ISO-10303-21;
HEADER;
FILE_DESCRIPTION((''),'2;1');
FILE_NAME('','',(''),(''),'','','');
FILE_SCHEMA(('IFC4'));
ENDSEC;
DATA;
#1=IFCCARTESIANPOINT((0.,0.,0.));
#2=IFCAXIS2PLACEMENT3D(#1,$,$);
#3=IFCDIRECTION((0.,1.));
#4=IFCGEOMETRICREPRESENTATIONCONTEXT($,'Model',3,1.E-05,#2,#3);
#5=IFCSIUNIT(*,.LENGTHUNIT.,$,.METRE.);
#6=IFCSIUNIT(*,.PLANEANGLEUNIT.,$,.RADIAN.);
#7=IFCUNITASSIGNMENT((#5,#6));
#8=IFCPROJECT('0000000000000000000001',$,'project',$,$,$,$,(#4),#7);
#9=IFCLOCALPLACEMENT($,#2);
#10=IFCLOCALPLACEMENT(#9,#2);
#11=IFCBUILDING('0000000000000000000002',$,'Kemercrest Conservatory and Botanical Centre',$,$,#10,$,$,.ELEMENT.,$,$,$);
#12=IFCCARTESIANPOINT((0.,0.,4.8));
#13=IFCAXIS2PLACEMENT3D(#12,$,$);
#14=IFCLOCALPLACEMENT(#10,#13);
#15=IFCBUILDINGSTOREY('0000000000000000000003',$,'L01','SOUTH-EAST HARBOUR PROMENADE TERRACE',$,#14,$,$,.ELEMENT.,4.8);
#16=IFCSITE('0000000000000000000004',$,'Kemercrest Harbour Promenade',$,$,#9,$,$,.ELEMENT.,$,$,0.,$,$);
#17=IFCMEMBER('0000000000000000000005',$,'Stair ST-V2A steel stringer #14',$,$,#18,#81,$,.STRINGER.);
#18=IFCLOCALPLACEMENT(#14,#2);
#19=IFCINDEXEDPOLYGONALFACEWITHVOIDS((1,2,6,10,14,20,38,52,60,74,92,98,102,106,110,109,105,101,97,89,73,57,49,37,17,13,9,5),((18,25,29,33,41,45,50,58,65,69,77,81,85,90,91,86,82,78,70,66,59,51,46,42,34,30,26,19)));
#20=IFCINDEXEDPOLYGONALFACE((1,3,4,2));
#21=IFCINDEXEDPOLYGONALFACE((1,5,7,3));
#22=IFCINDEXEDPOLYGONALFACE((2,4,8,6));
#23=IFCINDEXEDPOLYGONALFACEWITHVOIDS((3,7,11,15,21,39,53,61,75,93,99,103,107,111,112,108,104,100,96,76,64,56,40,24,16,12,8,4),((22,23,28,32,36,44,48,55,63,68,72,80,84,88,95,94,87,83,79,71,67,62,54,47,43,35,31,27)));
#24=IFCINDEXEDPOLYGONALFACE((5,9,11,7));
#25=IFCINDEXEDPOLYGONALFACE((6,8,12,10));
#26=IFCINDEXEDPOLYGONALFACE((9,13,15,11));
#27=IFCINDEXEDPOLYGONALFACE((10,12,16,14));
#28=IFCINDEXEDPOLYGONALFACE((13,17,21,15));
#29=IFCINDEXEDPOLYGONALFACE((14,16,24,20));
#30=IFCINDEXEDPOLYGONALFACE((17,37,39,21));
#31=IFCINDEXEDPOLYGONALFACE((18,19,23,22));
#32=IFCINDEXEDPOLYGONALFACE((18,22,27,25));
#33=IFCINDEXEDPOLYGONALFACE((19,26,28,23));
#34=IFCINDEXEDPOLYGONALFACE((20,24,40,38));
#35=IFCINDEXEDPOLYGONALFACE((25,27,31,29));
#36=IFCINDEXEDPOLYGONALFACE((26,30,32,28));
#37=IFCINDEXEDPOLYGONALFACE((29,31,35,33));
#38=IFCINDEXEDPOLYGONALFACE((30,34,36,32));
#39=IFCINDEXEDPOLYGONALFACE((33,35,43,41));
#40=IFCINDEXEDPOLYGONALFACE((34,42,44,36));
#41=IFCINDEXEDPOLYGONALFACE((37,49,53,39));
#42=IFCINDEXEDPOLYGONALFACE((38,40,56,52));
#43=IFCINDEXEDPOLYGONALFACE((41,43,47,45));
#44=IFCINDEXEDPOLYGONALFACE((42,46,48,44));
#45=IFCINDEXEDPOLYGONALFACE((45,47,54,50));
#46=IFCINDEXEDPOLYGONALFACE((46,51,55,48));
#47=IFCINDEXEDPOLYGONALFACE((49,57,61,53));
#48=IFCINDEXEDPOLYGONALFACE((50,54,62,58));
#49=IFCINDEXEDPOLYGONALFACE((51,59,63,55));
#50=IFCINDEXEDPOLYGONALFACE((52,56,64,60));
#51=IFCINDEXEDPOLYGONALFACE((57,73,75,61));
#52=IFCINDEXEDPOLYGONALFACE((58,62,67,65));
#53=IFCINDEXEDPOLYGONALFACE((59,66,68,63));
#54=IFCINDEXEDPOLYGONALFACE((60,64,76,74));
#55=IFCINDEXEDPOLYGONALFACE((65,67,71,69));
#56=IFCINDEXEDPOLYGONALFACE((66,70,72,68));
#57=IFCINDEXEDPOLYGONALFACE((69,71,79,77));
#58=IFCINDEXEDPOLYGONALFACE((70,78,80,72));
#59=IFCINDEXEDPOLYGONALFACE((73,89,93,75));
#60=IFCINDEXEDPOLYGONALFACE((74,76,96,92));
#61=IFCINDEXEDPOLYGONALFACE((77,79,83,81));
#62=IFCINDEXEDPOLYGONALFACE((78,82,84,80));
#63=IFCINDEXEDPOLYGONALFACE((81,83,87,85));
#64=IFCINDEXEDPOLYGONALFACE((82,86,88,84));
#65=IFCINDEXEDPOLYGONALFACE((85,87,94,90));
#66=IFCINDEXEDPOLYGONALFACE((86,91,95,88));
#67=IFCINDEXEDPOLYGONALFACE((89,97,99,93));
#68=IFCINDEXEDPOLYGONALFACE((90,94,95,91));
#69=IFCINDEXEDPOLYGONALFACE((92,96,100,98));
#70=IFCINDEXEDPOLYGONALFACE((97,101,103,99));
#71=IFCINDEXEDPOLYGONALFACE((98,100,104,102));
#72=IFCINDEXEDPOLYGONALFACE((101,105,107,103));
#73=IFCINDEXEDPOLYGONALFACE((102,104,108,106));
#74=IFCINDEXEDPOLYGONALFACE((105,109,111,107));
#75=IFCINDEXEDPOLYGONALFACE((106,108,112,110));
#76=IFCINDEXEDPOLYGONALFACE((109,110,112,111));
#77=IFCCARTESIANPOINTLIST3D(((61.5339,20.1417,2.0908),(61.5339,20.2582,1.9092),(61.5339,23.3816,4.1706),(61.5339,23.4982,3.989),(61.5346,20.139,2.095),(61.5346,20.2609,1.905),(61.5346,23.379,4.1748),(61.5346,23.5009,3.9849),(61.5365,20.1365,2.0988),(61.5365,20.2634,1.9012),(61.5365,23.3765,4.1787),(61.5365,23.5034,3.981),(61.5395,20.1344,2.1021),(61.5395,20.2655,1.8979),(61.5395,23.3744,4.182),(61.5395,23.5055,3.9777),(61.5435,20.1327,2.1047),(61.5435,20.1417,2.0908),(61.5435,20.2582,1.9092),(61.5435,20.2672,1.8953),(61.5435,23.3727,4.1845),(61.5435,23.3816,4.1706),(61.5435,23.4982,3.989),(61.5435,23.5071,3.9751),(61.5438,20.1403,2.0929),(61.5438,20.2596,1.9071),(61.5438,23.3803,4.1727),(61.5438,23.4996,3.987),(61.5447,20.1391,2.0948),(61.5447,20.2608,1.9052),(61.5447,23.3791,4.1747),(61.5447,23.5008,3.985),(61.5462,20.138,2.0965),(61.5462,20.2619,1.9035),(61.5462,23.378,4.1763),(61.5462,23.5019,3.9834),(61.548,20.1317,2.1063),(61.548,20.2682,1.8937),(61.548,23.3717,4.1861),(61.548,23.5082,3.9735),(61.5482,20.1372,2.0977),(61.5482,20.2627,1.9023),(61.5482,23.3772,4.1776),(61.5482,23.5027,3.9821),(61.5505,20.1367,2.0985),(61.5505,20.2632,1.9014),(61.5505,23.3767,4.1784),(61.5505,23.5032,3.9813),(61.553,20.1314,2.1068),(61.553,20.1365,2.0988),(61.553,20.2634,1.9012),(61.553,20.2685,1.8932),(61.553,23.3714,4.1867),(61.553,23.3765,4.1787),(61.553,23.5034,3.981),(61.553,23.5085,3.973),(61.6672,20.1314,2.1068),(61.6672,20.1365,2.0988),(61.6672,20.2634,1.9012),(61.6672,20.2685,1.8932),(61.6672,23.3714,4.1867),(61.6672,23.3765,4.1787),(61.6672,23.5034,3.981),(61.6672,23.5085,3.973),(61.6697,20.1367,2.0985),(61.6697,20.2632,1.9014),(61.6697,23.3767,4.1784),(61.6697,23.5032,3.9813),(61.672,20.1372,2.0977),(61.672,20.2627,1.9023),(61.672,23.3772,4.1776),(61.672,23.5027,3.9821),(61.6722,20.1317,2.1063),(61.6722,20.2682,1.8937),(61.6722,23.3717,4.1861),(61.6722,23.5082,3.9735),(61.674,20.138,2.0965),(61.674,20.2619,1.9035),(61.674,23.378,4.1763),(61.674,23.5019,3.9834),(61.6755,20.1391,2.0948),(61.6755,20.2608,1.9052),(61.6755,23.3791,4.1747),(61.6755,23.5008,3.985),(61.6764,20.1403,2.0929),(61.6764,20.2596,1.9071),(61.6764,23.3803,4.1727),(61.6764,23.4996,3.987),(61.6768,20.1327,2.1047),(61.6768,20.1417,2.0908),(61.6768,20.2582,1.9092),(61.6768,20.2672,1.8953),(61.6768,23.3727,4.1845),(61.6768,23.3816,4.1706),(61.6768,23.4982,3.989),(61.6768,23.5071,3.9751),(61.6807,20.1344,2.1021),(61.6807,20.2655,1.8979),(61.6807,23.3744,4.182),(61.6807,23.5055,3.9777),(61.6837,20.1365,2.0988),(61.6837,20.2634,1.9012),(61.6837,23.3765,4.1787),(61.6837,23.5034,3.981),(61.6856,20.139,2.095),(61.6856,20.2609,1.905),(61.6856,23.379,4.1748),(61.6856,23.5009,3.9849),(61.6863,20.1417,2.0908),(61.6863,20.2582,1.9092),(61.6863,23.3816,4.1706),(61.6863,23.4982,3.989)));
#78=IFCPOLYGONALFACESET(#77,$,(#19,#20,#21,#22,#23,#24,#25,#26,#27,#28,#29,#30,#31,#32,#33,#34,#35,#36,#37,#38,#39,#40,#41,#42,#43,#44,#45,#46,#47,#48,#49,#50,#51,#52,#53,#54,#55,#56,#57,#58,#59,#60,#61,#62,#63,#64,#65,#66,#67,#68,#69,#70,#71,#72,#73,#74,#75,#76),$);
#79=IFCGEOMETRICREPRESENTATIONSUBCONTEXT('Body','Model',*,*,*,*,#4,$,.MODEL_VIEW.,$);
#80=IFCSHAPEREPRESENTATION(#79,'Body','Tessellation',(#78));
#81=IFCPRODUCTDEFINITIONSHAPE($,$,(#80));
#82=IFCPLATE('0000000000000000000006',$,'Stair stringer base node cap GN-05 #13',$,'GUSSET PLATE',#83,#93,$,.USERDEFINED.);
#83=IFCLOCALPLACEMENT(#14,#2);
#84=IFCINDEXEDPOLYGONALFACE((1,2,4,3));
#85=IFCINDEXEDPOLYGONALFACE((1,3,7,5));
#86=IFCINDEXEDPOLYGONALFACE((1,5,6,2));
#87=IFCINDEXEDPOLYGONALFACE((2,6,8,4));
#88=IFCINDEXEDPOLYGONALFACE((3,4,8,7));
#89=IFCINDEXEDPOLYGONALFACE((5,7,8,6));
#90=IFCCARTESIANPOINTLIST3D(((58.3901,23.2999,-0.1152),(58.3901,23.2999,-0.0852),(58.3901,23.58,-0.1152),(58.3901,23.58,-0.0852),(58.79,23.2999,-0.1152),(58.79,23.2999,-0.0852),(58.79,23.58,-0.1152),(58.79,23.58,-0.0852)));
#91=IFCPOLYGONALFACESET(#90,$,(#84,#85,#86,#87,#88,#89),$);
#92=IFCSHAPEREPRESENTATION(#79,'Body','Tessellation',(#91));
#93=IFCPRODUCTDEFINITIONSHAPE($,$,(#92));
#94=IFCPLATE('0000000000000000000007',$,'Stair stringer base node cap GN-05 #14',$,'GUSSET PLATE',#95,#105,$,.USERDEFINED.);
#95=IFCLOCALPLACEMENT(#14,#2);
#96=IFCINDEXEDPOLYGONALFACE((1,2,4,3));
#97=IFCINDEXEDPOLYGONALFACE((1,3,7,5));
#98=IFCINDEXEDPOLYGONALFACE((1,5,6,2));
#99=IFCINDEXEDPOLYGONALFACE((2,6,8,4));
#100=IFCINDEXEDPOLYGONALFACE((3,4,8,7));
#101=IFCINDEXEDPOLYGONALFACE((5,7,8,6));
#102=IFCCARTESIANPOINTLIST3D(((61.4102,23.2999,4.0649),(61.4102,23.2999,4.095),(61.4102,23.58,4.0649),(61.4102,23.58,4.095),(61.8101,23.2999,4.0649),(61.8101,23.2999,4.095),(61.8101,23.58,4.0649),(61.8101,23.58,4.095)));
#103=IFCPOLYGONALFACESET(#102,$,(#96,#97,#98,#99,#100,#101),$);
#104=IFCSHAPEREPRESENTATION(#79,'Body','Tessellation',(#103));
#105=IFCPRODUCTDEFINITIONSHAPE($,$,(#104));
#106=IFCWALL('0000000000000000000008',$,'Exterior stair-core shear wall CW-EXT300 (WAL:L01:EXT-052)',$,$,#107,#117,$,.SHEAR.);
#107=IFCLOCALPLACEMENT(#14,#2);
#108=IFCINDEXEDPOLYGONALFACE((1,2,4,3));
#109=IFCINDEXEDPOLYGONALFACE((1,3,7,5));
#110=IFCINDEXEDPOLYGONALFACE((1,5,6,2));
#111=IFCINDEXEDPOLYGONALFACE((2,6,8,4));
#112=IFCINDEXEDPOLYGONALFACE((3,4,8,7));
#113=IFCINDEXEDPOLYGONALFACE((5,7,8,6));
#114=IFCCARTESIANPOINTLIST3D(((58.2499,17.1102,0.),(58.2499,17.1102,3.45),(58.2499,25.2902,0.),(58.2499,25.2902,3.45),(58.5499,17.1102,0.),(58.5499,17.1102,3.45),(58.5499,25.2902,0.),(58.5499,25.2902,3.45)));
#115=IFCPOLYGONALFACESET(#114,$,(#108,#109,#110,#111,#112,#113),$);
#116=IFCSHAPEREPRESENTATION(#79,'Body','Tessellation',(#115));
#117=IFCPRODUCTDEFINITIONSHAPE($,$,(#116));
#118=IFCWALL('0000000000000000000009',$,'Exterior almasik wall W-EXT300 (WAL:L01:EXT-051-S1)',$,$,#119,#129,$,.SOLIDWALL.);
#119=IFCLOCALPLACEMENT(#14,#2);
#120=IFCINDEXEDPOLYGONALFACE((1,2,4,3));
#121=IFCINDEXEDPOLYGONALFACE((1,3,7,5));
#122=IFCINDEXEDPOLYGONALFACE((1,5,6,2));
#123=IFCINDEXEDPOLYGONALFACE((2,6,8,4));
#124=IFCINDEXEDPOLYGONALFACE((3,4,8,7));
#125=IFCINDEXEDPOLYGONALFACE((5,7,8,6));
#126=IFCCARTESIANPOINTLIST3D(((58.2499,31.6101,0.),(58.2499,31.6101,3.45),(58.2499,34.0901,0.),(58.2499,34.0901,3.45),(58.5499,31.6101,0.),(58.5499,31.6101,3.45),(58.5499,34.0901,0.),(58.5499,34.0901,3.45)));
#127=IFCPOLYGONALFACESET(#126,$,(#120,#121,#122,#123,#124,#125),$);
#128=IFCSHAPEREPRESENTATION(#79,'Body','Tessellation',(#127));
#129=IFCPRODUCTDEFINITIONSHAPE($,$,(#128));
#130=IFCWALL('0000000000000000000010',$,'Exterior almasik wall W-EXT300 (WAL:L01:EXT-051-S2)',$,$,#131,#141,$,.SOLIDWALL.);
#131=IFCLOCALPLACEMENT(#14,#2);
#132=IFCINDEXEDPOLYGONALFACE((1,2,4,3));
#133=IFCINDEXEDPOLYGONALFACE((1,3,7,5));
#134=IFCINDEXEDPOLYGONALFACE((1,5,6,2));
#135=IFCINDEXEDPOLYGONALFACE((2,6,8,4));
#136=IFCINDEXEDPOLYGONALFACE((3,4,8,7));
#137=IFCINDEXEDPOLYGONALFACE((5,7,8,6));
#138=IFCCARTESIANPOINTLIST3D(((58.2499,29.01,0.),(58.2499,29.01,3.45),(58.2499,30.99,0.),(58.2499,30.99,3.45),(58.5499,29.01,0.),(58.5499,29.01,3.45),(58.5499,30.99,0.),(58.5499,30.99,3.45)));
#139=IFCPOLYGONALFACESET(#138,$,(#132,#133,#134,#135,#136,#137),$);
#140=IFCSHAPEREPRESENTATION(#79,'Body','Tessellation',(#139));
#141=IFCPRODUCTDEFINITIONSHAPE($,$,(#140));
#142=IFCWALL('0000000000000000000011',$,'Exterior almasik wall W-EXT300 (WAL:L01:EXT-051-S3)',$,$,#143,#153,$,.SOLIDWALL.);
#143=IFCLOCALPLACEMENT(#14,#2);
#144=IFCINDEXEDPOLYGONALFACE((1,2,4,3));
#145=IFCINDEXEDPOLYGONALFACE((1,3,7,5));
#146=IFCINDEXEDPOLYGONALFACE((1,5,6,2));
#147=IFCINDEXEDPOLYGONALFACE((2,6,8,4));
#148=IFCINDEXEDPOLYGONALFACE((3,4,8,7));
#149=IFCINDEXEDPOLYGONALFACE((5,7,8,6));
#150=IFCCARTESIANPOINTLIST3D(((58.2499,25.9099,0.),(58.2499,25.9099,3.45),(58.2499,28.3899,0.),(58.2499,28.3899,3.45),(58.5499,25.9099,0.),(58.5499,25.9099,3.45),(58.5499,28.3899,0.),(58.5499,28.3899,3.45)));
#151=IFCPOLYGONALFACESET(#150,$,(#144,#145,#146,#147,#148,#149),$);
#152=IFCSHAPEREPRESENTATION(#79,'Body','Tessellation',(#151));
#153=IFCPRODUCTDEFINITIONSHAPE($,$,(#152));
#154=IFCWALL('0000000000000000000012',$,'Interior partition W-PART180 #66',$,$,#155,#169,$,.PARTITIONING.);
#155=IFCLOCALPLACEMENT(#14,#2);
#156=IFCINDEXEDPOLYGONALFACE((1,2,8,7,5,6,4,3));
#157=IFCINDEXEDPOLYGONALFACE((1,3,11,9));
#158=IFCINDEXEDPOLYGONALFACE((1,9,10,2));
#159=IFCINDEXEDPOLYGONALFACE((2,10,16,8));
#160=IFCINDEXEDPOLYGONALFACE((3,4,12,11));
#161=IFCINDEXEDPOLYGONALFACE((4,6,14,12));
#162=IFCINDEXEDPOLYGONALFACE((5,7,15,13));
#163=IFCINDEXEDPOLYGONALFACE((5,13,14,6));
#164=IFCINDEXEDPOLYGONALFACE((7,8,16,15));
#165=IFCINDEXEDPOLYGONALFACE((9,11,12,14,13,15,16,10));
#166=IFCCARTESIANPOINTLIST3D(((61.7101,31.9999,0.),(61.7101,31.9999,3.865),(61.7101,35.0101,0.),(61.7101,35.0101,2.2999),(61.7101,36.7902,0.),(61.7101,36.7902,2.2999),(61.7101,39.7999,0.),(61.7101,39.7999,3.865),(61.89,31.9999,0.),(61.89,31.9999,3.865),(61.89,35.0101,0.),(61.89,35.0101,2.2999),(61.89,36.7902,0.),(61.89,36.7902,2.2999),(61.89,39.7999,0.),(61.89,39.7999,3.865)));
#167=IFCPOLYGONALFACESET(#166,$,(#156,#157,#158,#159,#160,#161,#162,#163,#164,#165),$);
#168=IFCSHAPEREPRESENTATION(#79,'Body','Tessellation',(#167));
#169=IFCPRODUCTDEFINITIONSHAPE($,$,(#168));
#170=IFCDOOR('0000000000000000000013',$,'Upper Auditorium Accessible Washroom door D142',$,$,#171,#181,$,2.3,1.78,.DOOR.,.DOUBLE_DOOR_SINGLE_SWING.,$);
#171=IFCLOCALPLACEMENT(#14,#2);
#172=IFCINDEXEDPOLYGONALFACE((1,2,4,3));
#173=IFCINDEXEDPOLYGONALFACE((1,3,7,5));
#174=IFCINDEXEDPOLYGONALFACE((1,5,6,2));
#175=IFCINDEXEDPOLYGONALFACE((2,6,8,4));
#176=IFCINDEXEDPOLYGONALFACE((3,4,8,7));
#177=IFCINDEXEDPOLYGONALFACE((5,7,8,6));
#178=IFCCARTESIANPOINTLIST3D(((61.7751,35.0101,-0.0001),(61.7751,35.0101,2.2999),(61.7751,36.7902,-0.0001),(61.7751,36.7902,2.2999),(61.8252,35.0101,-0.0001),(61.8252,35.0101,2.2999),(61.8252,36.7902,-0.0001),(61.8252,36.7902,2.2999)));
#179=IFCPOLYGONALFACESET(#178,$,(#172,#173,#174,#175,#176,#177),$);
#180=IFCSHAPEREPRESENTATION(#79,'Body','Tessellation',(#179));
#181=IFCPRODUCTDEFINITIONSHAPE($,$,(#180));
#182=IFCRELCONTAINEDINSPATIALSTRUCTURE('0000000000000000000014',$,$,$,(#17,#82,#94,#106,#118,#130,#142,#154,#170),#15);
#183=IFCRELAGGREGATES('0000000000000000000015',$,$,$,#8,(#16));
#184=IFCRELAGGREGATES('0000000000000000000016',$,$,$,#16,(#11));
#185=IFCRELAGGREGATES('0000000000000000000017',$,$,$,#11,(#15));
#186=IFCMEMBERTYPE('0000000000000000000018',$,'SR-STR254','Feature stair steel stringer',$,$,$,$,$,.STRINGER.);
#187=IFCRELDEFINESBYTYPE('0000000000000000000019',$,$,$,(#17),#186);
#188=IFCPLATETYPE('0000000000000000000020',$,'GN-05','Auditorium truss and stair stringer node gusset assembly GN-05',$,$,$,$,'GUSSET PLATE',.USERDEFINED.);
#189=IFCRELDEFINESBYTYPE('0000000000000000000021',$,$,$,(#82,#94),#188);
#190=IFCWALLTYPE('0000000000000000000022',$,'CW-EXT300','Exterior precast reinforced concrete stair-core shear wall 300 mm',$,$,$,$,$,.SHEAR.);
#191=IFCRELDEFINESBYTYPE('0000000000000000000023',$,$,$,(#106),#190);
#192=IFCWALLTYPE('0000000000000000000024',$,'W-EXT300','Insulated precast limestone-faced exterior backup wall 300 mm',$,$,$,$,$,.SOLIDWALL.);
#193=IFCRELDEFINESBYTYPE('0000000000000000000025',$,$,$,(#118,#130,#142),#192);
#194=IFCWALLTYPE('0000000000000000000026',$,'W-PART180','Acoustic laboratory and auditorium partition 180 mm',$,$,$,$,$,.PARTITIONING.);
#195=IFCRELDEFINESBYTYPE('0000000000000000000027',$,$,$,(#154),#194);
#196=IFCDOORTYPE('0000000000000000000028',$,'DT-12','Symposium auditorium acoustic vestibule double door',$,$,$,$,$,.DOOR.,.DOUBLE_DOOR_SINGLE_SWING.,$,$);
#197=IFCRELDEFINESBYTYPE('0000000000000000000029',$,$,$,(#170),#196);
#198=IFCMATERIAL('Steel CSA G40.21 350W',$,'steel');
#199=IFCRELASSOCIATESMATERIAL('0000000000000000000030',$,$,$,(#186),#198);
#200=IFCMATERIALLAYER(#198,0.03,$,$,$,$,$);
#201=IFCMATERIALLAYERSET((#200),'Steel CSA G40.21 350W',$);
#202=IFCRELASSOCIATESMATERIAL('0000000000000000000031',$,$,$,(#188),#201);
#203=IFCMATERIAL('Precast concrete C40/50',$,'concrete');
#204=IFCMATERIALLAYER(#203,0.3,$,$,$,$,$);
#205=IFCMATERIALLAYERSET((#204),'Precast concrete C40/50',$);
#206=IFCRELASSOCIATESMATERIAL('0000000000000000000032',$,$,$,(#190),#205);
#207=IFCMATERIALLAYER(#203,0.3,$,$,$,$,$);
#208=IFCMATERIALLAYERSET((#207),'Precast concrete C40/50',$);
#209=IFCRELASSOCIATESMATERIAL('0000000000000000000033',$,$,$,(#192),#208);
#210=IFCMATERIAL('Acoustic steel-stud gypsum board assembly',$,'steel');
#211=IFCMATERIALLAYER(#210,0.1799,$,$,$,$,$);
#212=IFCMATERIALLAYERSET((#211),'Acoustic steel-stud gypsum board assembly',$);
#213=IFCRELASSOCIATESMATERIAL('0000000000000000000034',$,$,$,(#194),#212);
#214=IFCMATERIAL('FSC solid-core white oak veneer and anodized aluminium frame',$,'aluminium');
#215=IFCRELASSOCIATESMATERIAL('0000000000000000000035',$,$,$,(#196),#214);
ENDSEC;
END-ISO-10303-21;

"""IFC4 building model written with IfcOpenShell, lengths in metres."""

from ifc_helpers import new_model, si_unit, direction, frame, frame_2d, origin, origin_2d, place, context, subcontext, project, spatial, rectangle, hollow_rectangle, extrude, material, layer, layer_set, material_profile, profile_set, type_object, element, fill, save


model = new_model("IFC4")

# Units and contexts
model_context = context("Model", 3, precision=1e-05, world=origin(), true_north=direction((0.0, 1.0)))
body_context = subcontext(model_context, "Body", "Model", "MODEL_VIEW")
ifc_project = project(units=[si_unit("LENGTHUNIT", "METRE"), si_unit("PLANEANGLEUNIT", "RADIAN")], contexts=[model_context])

# Site, building, storey
site_placement = place(None, origin())
site = spatial("IfcSite", under=ifc_project, at=site_placement, Name="Kemercrest Harbour Promenade", CompositionType="ELEMENT", RefElevation=0.0)
building_placement = place(site_placement, origin())
building = spatial("IfcBuilding", under=site, at=building_placement, Name="Kemercrest Conservatory and Botanical Centre", CompositionType="ELEMENT")
storey_placement = place(building_placement, frame((0.0, 0.0, 4.8)))
storey = spatial("IfcBuildingStorey", under=building, at=storey_placement, Name="L01", Description="SOUTH-EAST HARBOUR PROMENADE TERRACE", CompositionType="ELEMENT", Elevation=4.8)

# Member
ifc_material_1 = material(Name="Steel CSA G40.21 350W", Category="steel")
ifc_material_profile_1 = material_profile(ifc_material_1, hollow_rectangle(XDim=0.1523, YDim=0.2539, WallThickness=0.0095, InnerFilletRadius=0.0095, OuterFilletRadius=0.019, at=origin_2d()), Name="HSS 254x152x9.5")
ifc_profile_set_1 = profile_set([ifc_material_profile_1], Name="Steel CSA G40.21 350W")
member_type = type_object("IfcMemberType", Name="SR-STR254", Description="Feature stair steel stringer", PredefinedType="STRINGER", material=ifc_profile_set_1)
member_1_placement = place(storey_placement, frame((61.6101, 23.4399, 4.0798), z_axis=(0.0, -0.841535, -0.540203), x_axis=(1.0, 0.0, 0.0)))
element("IfcMember", 1, at=member_1_placement, inside=storey, type_object=member_type, Name="Stair ST-V2A steel stringer #14", PredefinedType="STRINGER", context=body_context, shape_type="SweptSolid", body=[
    extrude(hollow_rectangle(XDim=0.1523, YDim=0.2539, WallThickness=0.0095, InnerFilletRadius=0.0095, OuterFilletRadius=0.019, at=origin_2d()), origin(), (0.0, 0.0, 1.0), 3.8501),
])

# Plates
ifc_layer_1 = layer(ifc_material_1, 0.03)
ifc_layer_set_1 = layer_set([ifc_layer_1], Name="Steel CSA G40.21 350W")
plate_type = type_object("IfcPlateType", Name="GN-05", Description="Auditorium truss and stair stringer node gusset assembly GN-05", ElementType="GUSSET PLATE", PredefinedType="USERDEFINED", material=ifc_layer_set_1)
for number, where, z_axis, x_axis, name in (
    (2, (58.5901, 23.4399, -0.1152), (0.0, 0.0, 1.0), (1.0, 0.0, 0.0), "Stair stringer base node cap GN-05 #13"),
    (3, (61.6101, 23.4399, 4.0649), (0.0, 0.0, 1.0), (1.0, 0.0, 0.0), "Stair stringer base node cap GN-05 #14"),
):
    element("IfcPlate", number, at=place(storey_placement, frame(where, z_axis=z_axis, x_axis=x_axis)), inside=storey, type_object=plate_type, Name=name, ObjectType="GUSSET PLATE", PredefinedType="USERDEFINED", context=body_context, shape_type="SweptSolid", body=[
        extrude(rectangle(XDim=0.3999, YDim=0.28, at=origin_2d()), origin(), (0.0, 0.0, 1.0), 0.03),
    ])

# Walls
ifc_material_2 = material(Name="Precast concrete C40/50", Category="concrete")
ifc_layer_2 = layer(ifc_material_2, 0.3)
ifc_layer_set_2 = layer_set([ifc_layer_2], Name="Precast concrete C40/50")
wall_type_1 = type_object("IfcWallType", Name="CW-EXT300", Description="Exterior precast reinforced concrete stair-core shear wall 300 mm", PredefinedType="SHEAR", material=ifc_layer_set_2)
wall_1_placement = place(storey_placement, frame((58.3999, 25.29, 0.0), z_axis=(0.0, 0.0, 1.0), x_axis=(0.0, -1.0, 0.0)))
element("IfcWall", 4, at=wall_1_placement, inside=storey, type_object=wall_type_1, Name="Exterior stair-core shear wall CW-EXT300 (WAL:L01:EXT-052)", PredefinedType="SHEAR", context=body_context, shape_type="SweptSolid", body=[
    extrude(rectangle(XDim=8.1799, YDim=0.3, at=frame_2d((4.0898, 0.0))), origin(), (0.0, 0.0, 1.0), 3.45),
])
ifc_layer_3 = layer(ifc_material_2, 0.3)
ifc_layer_set_3 = layer_set([ifc_layer_3], Name="Precast concrete C40/50")
wall_type_2 = type_object("IfcWallType", Name="W-EXT300", Description="Insulated precast limestone-faced exterior backup wall 300 mm", PredefinedType="SOLIDWALL", material=ifc_layer_set_3)
wall_2_placement = place(storey_placement, frame((58.3999, 34.0901, 0.0), z_axis=(0.0, 0.0, 1.0), x_axis=(0.0, -1.0, 0.0)))
element("IfcWall", 5, at=wall_2_placement, inside=storey, type_object=wall_type_2, Name="Exterior almasik wall W-EXT300 (WAL:L01:EXT-051-S1)", PredefinedType="SOLIDWALL", context=body_context, shape_type="SweptSolid", body=[
    extrude(rectangle(XDim=2.48, YDim=0.3, at=frame_2d((1.24, 0.0))), origin(), (0.0, 0.0, 1.0), 3.45),
])
wall_3_placement = place(storey_placement, frame((58.3999, 30.99, 0.0), z_axis=(0.0, 0.0, 1.0), x_axis=(0.0, -1.0, 0.0)))
element("IfcWall", 6, at=wall_3_placement, inside=storey, type_object=wall_type_2, Name="Exterior almasik wall W-EXT300 (WAL:L01:EXT-051-S2)", PredefinedType="SOLIDWALL", context=body_context, shape_type="SweptSolid", body=[
    extrude(rectangle(XDim=1.98, YDim=0.3, at=frame_2d((0.99, 0.0))), origin(), (0.0, 0.0, 1.0), 3.45),
])
wall_4_placement = place(storey_placement, frame((58.3999, 28.3899, 0.0), z_axis=(0.0, 0.0, 1.0), x_axis=(0.0, -1.0, 0.0)))
element("IfcWall", 7, at=wall_4_placement, inside=storey, type_object=wall_type_2, Name="Exterior almasik wall W-EXT300 (WAL:L01:EXT-051-S3)", PredefinedType="SOLIDWALL", context=body_context, shape_type="SweptSolid", body=[
    extrude(rectangle(XDim=2.48, YDim=0.3, at=frame_2d((1.24, 0.0))), origin(), (0.0, 0.0, 1.0), 3.45),
])

# Wall, opening, door
ifc_material_3 = material(Name="Acoustic steel-stud gypsum board assembly", Category="steel")
ifc_layer_4 = layer(ifc_material_3, 0.1799)
ifc_layer_set_4 = layer_set([ifc_layer_4], Name="Acoustic steel-stud gypsum board assembly")
wall_type_3 = type_object("IfcWallType", Name="W-PART180", Description="Acoustic laboratory and auditorium partition 180 mm", PredefinedType="PARTITIONING", material=ifc_layer_set_4)
wall_5_placement = place(storey_placement, frame((61.8, 32.0, 0.0), z_axis=(0.0, 0.0, 1.0), x_axis=(0.0, 1.0, 0.0)))
wall_5 = element("IfcWall", 8, at=wall_5_placement, inside=storey, type_object=wall_type_3, Name="Interior partition W-PART180 #66", PredefinedType="PARTITIONING", context=body_context, shape_type="SweptSolid", body=[
    extrude(rectangle(XDim=7.8, YDim=0.1799, at=frame_2d((3.8999, 0.0))), origin(), (0.0, 0.0, 1.0), 3.865),
])
opening_1_placement = place(wall_5_placement, frame((3.01, 0.0, 0.0)))
opening_1 = element("IfcOpeningElement", 9, at=opening_1_placement, cuts=wall_5, PredefinedType="OPENING", context=body_context, shape_type="SweptSolid", body=[
    extrude(rectangle(XDim=1.78, YDim=2.3, at=frame_2d((0.8901, 1.1499))), frame((0.0, 0.1001, 0.0), z_axis=(0.0, -1.0, 0.0), x_axis=(1.0, 0.0, 0.0)), (0.0, 0.0, 1.0), 0.2),
])
ifc_material_4 = material(Name="FSC solid-core white oak veneer and anodized aluminium frame", Category="aluminium")
door_type = type_object("IfcDoorType", Name="DT-12", Description="Symposium auditorium acoustic vestibule double door", OperationType="DOUBLE_DOOR_SINGLE_SWING", PredefinedType="DOOR", material=ifc_material_4)
door_1_placement = place(opening_1_placement, origin())
door_1 = element("IfcDoor", 10, at=door_1_placement, inside=storey, type_object=door_type, Name="Upper Auditorium Accessible Washroom door D142", OperationType="DOUBLE_DOOR_SINGLE_SWING", OverallHeight=2.3, OverallWidth=1.78, PredefinedType="DOOR", context=body_context, shape_type="SweptSolid", body=[
    extrude(rectangle(XDim=1.78, YDim=2.3, at=frame_2d((0.8901, 1.1499))), frame((0.0, 0.0249, 0.0), z_axis=(0.0, -1.0, 0.0), x_axis=(1.0, 0.0, 0.0)), (0.0, 0.0, 1.0), 0.05),
])
fill(opening_1, door_1)

save(model, "model.ifc")
